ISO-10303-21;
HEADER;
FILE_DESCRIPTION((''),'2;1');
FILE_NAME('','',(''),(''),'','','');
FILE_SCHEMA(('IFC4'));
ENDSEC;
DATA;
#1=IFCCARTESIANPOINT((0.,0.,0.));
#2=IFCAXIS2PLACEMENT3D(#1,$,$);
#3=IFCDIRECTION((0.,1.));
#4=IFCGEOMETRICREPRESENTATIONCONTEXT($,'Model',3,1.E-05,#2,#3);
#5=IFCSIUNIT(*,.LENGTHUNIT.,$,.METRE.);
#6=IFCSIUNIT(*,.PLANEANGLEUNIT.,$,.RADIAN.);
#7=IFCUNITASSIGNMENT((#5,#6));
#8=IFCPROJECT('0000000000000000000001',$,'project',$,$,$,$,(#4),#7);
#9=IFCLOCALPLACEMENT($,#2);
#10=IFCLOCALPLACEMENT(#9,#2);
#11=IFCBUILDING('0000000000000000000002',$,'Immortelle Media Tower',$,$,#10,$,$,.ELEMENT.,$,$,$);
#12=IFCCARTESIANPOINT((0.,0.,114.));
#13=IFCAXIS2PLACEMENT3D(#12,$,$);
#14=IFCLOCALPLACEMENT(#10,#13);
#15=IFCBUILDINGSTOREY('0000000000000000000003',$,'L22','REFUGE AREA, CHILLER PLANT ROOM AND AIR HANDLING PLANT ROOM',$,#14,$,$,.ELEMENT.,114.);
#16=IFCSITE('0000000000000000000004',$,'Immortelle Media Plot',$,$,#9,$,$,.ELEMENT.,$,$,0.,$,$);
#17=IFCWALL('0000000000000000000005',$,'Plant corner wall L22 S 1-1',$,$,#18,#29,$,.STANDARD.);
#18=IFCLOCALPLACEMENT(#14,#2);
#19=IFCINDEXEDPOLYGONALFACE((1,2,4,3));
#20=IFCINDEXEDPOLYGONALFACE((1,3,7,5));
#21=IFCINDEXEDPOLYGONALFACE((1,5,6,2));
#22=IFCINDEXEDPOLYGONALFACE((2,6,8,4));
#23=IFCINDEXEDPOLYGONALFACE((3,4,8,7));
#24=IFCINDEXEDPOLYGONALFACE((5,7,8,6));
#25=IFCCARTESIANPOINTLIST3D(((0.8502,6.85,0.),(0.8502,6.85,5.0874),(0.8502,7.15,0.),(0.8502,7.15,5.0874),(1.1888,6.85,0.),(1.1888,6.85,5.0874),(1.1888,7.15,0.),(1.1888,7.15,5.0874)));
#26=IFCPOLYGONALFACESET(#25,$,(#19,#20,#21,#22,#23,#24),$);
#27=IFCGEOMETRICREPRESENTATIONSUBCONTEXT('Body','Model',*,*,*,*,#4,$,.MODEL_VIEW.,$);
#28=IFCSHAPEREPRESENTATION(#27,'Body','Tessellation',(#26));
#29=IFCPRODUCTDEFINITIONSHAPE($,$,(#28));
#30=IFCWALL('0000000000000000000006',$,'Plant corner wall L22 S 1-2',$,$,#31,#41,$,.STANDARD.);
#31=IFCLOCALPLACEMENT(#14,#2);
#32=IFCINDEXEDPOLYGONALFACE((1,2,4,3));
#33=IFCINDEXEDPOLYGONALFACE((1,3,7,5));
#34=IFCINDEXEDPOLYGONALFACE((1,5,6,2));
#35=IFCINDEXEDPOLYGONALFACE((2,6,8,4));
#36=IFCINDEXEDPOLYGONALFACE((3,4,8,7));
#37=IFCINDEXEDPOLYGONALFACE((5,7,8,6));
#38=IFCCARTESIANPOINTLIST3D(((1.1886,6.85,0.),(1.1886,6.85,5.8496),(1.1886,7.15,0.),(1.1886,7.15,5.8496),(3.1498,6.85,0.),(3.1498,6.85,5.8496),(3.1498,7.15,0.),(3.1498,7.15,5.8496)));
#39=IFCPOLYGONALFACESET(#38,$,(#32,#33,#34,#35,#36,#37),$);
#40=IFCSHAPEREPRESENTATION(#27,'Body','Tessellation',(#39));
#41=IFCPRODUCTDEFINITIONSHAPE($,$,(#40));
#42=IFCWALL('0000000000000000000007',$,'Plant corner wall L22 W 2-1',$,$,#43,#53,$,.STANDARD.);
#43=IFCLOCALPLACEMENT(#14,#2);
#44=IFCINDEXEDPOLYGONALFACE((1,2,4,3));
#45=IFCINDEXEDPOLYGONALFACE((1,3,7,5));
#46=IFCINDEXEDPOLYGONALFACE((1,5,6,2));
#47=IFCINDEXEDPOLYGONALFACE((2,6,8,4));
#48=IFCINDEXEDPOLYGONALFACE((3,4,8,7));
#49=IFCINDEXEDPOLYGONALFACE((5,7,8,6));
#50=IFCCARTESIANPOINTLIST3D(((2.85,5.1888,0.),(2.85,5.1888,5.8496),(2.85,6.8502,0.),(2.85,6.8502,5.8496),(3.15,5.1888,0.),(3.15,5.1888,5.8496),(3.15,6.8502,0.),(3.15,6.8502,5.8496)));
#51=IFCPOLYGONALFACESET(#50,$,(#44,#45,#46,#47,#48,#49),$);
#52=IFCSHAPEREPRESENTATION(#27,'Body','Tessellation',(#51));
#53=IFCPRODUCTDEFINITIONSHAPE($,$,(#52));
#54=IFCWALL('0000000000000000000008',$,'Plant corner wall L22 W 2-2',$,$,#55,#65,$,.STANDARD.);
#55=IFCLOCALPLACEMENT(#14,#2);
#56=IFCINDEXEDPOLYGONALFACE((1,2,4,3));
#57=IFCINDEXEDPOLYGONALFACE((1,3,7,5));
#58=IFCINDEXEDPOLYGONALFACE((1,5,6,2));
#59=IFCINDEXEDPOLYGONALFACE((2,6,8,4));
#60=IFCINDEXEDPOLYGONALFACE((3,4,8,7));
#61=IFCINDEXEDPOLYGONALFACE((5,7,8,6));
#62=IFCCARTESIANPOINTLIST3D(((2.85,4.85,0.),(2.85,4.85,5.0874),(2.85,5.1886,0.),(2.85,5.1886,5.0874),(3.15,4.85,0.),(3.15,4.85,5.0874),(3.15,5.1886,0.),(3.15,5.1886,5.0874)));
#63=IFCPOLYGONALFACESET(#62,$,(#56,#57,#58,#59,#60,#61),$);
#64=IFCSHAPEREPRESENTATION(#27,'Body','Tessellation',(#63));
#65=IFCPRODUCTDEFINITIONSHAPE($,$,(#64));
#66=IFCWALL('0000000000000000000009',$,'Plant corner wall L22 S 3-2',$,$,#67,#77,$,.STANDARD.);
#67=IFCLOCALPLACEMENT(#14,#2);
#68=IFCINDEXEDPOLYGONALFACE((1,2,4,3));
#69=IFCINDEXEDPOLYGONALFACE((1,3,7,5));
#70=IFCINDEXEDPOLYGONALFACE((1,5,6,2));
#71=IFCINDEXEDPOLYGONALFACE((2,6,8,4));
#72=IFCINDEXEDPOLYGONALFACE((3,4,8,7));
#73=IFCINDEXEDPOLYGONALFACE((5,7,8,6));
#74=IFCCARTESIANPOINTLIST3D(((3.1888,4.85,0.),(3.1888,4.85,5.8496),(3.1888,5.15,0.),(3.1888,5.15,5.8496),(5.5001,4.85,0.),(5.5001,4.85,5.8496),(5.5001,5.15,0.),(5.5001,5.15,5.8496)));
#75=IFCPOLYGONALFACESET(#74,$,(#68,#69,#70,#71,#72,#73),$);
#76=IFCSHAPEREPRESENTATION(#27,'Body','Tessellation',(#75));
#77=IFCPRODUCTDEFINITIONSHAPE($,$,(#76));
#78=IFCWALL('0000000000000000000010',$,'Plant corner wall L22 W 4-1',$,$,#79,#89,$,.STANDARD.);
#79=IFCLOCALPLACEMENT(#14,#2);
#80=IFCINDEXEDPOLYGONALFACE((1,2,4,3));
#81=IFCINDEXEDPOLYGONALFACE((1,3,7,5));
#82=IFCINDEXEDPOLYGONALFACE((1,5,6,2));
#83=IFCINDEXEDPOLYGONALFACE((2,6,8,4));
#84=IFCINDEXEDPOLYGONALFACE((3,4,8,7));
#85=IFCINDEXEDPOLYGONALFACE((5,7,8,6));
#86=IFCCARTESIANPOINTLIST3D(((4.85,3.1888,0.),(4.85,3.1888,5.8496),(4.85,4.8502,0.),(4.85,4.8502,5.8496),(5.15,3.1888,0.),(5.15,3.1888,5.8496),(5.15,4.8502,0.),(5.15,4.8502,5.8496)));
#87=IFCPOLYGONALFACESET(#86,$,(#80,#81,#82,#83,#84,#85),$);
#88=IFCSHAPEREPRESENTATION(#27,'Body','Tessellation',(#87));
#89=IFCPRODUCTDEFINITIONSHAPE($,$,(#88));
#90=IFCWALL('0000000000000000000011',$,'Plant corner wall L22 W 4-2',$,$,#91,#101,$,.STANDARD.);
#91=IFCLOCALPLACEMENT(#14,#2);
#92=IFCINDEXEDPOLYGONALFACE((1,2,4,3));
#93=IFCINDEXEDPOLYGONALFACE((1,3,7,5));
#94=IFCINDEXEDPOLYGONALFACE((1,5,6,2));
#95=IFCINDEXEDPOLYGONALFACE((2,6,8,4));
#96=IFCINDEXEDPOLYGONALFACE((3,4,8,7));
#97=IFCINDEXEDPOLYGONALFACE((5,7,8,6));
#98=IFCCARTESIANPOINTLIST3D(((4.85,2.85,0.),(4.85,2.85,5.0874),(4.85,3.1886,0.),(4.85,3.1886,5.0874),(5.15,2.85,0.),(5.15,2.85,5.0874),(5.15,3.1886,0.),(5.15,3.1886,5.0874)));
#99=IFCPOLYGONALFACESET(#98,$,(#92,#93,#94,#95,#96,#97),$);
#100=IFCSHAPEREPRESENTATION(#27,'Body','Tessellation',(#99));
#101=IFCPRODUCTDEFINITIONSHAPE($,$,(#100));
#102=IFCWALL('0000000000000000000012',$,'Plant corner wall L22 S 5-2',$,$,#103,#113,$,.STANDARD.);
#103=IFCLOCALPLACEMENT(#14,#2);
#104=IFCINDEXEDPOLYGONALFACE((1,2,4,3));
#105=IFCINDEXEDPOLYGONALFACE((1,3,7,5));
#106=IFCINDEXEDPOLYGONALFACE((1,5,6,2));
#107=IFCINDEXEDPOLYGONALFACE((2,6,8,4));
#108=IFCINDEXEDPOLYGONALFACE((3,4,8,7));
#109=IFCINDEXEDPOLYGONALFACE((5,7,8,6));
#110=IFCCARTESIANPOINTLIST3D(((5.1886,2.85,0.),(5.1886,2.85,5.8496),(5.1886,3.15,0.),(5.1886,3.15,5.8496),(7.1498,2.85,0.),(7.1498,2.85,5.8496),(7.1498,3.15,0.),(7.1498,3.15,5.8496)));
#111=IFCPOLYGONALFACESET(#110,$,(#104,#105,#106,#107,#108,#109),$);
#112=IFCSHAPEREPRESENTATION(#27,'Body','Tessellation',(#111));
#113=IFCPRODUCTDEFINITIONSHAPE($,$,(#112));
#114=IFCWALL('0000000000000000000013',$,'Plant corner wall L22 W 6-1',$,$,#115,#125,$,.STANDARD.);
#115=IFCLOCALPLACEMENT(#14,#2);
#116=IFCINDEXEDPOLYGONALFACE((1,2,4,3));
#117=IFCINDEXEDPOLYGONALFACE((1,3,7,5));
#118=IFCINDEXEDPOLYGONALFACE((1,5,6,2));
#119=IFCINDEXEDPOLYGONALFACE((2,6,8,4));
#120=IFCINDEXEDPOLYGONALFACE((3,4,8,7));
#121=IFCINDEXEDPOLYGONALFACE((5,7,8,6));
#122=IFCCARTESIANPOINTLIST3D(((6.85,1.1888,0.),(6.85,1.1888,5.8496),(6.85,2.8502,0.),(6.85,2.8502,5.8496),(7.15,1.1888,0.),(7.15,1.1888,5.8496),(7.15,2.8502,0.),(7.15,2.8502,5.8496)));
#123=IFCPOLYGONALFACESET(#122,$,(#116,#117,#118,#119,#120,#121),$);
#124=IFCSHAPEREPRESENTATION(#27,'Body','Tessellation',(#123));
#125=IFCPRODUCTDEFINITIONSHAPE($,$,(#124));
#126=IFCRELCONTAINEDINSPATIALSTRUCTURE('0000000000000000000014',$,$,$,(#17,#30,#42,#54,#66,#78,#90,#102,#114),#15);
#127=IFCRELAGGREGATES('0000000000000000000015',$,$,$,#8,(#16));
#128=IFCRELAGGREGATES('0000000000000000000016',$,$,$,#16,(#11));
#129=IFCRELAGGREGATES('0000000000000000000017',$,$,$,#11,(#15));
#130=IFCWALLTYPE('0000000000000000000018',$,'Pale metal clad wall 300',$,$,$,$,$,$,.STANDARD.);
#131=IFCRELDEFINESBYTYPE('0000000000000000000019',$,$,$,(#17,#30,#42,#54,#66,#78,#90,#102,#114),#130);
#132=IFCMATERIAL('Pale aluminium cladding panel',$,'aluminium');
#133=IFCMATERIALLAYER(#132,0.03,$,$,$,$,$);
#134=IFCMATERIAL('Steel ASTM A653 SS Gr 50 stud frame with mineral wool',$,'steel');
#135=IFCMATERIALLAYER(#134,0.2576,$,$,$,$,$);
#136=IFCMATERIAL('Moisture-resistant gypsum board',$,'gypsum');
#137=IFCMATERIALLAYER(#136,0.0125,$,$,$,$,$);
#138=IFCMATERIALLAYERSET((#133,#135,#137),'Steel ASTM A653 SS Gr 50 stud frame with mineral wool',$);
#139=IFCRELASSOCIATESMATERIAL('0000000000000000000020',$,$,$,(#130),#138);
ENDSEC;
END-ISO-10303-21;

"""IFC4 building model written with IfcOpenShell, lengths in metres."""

from ifc_helpers import new_model, si_unit, direction, frame, frame_2d, origin, place, context, subcontext, project, spatial, rectangle, extrude, material, layer, layer_set, type_object, element, save


model = new_model("IFC4")

# Units and contexts
model_context = context("Model", 3, precision=1e-05, world=origin(), true_north=direction((0.0, 1.0)))
body_context = subcontext(model_context, "Body", "Model", "MODEL_VIEW")
ifc_project = project(units=[si_unit("LENGTHUNIT", "METRE"), si_unit("PLANEANGLEUNIT", "RADIAN")], contexts=[model_context])

# Site, building, storey
site_placement = place(None, origin())
site = spatial("IfcSite", under=ifc_project, at=site_placement, Name="Immortelle Media Plot", CompositionType="ELEMENT", RefElevation=0.0)
building_placement = place(site_placement, origin())
building = spatial("IfcBuilding", under=site, at=building_placement, Name="Immortelle Media Tower", CompositionType="ELEMENT")
storey_placement = place(building_placement, frame((0.0, 0.0, 114.0)))
storey = spatial("IfcBuildingStorey", under=building, at=storey_placement, Name="L22", Description="REFUGE AREA, CHILLER PLANT ROOM AND AIR HANDLING PLANT ROOM", CompositionType="ELEMENT", Elevation=114.0)

# Shared definitions
ifc_material_1 = material(Name="Steel ASTM A653 SS Gr 50 stud frame with mineral wool", Category="steel")

# Walls
ifc_material_2 = material(Name="Pale aluminium cladding panel", Category="aluminium")
ifc_layer_1 = layer(ifc_material_2, 0.03)
ifc_layer_2 = layer(ifc_material_1, 0.2576)
ifc_material_3 = material(Name="Moisture-resistant gypsum board", Category="gypsum")
ifc_layer_3 = layer(ifc_material_3, 0.0125)
ifc_layer_set_1 = layer_set([ifc_layer_1, ifc_layer_2, ifc_layer_3], Name="Steel ASTM A653 SS Gr 50 stud frame with mineral wool")
wall_type_1 = type_object("IfcWallType", Name="Pale metal clad wall 300", PredefinedType="STANDARD", material=ifc_layer_set_1)
wall_1_placement = place(storey_placement, frame((0.8501, 7.0, 0.0), z_axis=(0.0, 0.0, 1.0), x_axis=(1.0, 0.0, 0.0)))
element("IfcWall", 1, at=wall_1_placement, inside=storey, type_object=wall_type_1, Name="Plant corner wall L22 S 1-1", PredefinedType="STANDARD", context=body_context, shape_type="SweptSolid", body=[
    extrude(rectangle(XDim=0.3386, YDim=0.3, at=frame_2d((0.1694, 0.0))), origin(), (0.0, 0.0, 1.0), 5.0874),
])
wall_2_placement = place(storey_placement, frame((1.1887, 7.0, 0.0), z_axis=(0.0, 0.0, 1.0), x_axis=(1.0, 0.0, 0.0)))
element("IfcWall", 2, at=wall_2_placement, inside=storey, type_object=wall_type_1, Name="Plant corner wall L22 S 1-2", PredefinedType="STANDARD", context=body_context, shape_type="SweptSolid", body=[
    extrude(rectangle(XDim=1.9612, YDim=0.3, at=frame_2d((0.9805, 0.0))), origin(), (0.0, 0.0, 1.0), 5.8496),
])
wall_3_placement = place(storey_placement, frame((3.0, 6.8501, 0.0), z_axis=(0.0, 0.0, 1.0), x_axis=(0.0, -1.0, 0.0)))
element("IfcWall", 3, at=wall_3_placement, inside=storey, type_object=wall_type_1, Name="Plant corner wall L22 W 2-1", PredefinedType="STANDARD", context=body_context, shape_type="SweptSolid", body=[
    extrude(rectangle(XDim=1.6614, YDim=0.3, at=frame_2d((0.8306, 0.0))), origin(), (0.0, 0.0, 1.0), 5.8496),
])
wall_4_placement = place(storey_placement, frame((3.0, 5.1887, 0.0), z_axis=(0.0, 0.0, 1.0), x_axis=(0.0, -1.0, 0.0)))
element("IfcWall", 4, at=wall_4_placement, inside=storey, type_object=wall_type_1, Name="Plant corner wall L22 W 2-2", PredefinedType="STANDARD", context=body_context, shape_type="SweptSolid", body=[
    extrude(rectangle(XDim=0.3386, YDim=0.3, at=frame_2d((0.1694, 0.0))), origin(), (0.0, 0.0, 1.0), 5.0874),
])
wall_5_placement = place(storey_placement, frame((3.1887, 5.0, 0.0), z_axis=(0.0, 0.0, 1.0), x_axis=(1.0, 0.0, 0.0)))
element("IfcWall", 5, at=wall_5_placement, inside=storey, type_object=wall_type_1, Name="Plant corner wall L22 S 3-2", PredefinedType="STANDARD", context=body_context, shape_type="SweptSolid", body=[
    extrude(rectangle(XDim=2.3113, YDim=0.3, at=frame_2d((1.1558, 0.0))), origin(), (0.0, 0.0, 1.0), 5.8496),
])
wall_6_placement = place(storey_placement, frame((5.0, 4.8501, 0.0), z_axis=(0.0, 0.0, 1.0), x_axis=(0.0, -1.0, 0.0)))
element("IfcWall", 6, at=wall_6_placement, inside=storey, type_object=wall_type_1, Name="Plant corner wall L22 W 4-1", PredefinedType="STANDARD", context=body_context, shape_type="SweptSolid", body=[
    extrude(rectangle(XDim=1.6614, YDim=0.3, at=frame_2d((0.8306, 0.0))), origin(), (0.0, 0.0, 1.0), 5.8496),
])
wall_7_placement = place(storey_placement, frame((5.0, 3.1887, 0.0), z_axis=(0.0, 0.0, 1.0), x_axis=(0.0, -1.0, 0.0)))
element("IfcWall", 7, at=wall_7_placement, inside=storey, type_object=wall_type_1, Name="Plant corner wall L22 W 4-2", PredefinedType="STANDARD", context=body_context, shape_type="SweptSolid", body=[
    extrude(rectangle(XDim=0.3386, YDim=0.3, at=frame_2d((0.1694, 0.0))), origin(), (0.0, 0.0, 1.0), 5.0874),
])
wall_8_placement = place(storey_placement, frame((5.1887, 3.0, 0.0), z_axis=(0.0, 0.0, 1.0), x_axis=(1.0, 0.0, 0.0)))
element("IfcWall", 8, at=wall_8_placement, inside=storey, type_object=wall_type_1, Name="Plant corner wall L22 S 5-2", PredefinedType="STANDARD", context=body_context, shape_type="SweptSolid", body=[
    extrude(rectangle(XDim=1.9612, YDim=0.3, at=frame_2d((0.9805, 0.0))), origin(), (0.0, 0.0, 1.0), 5.8496),
])
wall_9_placement = place(storey_placement, frame((7.0, 2.8501, 0.0), z_axis=(0.0, 0.0, 1.0), x_axis=(0.0, -1.0, 0.0)))
element("IfcWall", 9, at=wall_9_placement, inside=storey, type_object=wall_type_1, Name="Plant corner wall L22 W 6-1", PredefinedType="STANDARD", context=body_context, shape_type="SweptSolid", body=[
    extrude(rectangle(XDim=1.6614, YDim=0.3, at=frame_2d((0.8306, 0.0))), origin(), (0.0, 0.0, 1.0), 5.8496),
])

save(model, "model.ifc")
